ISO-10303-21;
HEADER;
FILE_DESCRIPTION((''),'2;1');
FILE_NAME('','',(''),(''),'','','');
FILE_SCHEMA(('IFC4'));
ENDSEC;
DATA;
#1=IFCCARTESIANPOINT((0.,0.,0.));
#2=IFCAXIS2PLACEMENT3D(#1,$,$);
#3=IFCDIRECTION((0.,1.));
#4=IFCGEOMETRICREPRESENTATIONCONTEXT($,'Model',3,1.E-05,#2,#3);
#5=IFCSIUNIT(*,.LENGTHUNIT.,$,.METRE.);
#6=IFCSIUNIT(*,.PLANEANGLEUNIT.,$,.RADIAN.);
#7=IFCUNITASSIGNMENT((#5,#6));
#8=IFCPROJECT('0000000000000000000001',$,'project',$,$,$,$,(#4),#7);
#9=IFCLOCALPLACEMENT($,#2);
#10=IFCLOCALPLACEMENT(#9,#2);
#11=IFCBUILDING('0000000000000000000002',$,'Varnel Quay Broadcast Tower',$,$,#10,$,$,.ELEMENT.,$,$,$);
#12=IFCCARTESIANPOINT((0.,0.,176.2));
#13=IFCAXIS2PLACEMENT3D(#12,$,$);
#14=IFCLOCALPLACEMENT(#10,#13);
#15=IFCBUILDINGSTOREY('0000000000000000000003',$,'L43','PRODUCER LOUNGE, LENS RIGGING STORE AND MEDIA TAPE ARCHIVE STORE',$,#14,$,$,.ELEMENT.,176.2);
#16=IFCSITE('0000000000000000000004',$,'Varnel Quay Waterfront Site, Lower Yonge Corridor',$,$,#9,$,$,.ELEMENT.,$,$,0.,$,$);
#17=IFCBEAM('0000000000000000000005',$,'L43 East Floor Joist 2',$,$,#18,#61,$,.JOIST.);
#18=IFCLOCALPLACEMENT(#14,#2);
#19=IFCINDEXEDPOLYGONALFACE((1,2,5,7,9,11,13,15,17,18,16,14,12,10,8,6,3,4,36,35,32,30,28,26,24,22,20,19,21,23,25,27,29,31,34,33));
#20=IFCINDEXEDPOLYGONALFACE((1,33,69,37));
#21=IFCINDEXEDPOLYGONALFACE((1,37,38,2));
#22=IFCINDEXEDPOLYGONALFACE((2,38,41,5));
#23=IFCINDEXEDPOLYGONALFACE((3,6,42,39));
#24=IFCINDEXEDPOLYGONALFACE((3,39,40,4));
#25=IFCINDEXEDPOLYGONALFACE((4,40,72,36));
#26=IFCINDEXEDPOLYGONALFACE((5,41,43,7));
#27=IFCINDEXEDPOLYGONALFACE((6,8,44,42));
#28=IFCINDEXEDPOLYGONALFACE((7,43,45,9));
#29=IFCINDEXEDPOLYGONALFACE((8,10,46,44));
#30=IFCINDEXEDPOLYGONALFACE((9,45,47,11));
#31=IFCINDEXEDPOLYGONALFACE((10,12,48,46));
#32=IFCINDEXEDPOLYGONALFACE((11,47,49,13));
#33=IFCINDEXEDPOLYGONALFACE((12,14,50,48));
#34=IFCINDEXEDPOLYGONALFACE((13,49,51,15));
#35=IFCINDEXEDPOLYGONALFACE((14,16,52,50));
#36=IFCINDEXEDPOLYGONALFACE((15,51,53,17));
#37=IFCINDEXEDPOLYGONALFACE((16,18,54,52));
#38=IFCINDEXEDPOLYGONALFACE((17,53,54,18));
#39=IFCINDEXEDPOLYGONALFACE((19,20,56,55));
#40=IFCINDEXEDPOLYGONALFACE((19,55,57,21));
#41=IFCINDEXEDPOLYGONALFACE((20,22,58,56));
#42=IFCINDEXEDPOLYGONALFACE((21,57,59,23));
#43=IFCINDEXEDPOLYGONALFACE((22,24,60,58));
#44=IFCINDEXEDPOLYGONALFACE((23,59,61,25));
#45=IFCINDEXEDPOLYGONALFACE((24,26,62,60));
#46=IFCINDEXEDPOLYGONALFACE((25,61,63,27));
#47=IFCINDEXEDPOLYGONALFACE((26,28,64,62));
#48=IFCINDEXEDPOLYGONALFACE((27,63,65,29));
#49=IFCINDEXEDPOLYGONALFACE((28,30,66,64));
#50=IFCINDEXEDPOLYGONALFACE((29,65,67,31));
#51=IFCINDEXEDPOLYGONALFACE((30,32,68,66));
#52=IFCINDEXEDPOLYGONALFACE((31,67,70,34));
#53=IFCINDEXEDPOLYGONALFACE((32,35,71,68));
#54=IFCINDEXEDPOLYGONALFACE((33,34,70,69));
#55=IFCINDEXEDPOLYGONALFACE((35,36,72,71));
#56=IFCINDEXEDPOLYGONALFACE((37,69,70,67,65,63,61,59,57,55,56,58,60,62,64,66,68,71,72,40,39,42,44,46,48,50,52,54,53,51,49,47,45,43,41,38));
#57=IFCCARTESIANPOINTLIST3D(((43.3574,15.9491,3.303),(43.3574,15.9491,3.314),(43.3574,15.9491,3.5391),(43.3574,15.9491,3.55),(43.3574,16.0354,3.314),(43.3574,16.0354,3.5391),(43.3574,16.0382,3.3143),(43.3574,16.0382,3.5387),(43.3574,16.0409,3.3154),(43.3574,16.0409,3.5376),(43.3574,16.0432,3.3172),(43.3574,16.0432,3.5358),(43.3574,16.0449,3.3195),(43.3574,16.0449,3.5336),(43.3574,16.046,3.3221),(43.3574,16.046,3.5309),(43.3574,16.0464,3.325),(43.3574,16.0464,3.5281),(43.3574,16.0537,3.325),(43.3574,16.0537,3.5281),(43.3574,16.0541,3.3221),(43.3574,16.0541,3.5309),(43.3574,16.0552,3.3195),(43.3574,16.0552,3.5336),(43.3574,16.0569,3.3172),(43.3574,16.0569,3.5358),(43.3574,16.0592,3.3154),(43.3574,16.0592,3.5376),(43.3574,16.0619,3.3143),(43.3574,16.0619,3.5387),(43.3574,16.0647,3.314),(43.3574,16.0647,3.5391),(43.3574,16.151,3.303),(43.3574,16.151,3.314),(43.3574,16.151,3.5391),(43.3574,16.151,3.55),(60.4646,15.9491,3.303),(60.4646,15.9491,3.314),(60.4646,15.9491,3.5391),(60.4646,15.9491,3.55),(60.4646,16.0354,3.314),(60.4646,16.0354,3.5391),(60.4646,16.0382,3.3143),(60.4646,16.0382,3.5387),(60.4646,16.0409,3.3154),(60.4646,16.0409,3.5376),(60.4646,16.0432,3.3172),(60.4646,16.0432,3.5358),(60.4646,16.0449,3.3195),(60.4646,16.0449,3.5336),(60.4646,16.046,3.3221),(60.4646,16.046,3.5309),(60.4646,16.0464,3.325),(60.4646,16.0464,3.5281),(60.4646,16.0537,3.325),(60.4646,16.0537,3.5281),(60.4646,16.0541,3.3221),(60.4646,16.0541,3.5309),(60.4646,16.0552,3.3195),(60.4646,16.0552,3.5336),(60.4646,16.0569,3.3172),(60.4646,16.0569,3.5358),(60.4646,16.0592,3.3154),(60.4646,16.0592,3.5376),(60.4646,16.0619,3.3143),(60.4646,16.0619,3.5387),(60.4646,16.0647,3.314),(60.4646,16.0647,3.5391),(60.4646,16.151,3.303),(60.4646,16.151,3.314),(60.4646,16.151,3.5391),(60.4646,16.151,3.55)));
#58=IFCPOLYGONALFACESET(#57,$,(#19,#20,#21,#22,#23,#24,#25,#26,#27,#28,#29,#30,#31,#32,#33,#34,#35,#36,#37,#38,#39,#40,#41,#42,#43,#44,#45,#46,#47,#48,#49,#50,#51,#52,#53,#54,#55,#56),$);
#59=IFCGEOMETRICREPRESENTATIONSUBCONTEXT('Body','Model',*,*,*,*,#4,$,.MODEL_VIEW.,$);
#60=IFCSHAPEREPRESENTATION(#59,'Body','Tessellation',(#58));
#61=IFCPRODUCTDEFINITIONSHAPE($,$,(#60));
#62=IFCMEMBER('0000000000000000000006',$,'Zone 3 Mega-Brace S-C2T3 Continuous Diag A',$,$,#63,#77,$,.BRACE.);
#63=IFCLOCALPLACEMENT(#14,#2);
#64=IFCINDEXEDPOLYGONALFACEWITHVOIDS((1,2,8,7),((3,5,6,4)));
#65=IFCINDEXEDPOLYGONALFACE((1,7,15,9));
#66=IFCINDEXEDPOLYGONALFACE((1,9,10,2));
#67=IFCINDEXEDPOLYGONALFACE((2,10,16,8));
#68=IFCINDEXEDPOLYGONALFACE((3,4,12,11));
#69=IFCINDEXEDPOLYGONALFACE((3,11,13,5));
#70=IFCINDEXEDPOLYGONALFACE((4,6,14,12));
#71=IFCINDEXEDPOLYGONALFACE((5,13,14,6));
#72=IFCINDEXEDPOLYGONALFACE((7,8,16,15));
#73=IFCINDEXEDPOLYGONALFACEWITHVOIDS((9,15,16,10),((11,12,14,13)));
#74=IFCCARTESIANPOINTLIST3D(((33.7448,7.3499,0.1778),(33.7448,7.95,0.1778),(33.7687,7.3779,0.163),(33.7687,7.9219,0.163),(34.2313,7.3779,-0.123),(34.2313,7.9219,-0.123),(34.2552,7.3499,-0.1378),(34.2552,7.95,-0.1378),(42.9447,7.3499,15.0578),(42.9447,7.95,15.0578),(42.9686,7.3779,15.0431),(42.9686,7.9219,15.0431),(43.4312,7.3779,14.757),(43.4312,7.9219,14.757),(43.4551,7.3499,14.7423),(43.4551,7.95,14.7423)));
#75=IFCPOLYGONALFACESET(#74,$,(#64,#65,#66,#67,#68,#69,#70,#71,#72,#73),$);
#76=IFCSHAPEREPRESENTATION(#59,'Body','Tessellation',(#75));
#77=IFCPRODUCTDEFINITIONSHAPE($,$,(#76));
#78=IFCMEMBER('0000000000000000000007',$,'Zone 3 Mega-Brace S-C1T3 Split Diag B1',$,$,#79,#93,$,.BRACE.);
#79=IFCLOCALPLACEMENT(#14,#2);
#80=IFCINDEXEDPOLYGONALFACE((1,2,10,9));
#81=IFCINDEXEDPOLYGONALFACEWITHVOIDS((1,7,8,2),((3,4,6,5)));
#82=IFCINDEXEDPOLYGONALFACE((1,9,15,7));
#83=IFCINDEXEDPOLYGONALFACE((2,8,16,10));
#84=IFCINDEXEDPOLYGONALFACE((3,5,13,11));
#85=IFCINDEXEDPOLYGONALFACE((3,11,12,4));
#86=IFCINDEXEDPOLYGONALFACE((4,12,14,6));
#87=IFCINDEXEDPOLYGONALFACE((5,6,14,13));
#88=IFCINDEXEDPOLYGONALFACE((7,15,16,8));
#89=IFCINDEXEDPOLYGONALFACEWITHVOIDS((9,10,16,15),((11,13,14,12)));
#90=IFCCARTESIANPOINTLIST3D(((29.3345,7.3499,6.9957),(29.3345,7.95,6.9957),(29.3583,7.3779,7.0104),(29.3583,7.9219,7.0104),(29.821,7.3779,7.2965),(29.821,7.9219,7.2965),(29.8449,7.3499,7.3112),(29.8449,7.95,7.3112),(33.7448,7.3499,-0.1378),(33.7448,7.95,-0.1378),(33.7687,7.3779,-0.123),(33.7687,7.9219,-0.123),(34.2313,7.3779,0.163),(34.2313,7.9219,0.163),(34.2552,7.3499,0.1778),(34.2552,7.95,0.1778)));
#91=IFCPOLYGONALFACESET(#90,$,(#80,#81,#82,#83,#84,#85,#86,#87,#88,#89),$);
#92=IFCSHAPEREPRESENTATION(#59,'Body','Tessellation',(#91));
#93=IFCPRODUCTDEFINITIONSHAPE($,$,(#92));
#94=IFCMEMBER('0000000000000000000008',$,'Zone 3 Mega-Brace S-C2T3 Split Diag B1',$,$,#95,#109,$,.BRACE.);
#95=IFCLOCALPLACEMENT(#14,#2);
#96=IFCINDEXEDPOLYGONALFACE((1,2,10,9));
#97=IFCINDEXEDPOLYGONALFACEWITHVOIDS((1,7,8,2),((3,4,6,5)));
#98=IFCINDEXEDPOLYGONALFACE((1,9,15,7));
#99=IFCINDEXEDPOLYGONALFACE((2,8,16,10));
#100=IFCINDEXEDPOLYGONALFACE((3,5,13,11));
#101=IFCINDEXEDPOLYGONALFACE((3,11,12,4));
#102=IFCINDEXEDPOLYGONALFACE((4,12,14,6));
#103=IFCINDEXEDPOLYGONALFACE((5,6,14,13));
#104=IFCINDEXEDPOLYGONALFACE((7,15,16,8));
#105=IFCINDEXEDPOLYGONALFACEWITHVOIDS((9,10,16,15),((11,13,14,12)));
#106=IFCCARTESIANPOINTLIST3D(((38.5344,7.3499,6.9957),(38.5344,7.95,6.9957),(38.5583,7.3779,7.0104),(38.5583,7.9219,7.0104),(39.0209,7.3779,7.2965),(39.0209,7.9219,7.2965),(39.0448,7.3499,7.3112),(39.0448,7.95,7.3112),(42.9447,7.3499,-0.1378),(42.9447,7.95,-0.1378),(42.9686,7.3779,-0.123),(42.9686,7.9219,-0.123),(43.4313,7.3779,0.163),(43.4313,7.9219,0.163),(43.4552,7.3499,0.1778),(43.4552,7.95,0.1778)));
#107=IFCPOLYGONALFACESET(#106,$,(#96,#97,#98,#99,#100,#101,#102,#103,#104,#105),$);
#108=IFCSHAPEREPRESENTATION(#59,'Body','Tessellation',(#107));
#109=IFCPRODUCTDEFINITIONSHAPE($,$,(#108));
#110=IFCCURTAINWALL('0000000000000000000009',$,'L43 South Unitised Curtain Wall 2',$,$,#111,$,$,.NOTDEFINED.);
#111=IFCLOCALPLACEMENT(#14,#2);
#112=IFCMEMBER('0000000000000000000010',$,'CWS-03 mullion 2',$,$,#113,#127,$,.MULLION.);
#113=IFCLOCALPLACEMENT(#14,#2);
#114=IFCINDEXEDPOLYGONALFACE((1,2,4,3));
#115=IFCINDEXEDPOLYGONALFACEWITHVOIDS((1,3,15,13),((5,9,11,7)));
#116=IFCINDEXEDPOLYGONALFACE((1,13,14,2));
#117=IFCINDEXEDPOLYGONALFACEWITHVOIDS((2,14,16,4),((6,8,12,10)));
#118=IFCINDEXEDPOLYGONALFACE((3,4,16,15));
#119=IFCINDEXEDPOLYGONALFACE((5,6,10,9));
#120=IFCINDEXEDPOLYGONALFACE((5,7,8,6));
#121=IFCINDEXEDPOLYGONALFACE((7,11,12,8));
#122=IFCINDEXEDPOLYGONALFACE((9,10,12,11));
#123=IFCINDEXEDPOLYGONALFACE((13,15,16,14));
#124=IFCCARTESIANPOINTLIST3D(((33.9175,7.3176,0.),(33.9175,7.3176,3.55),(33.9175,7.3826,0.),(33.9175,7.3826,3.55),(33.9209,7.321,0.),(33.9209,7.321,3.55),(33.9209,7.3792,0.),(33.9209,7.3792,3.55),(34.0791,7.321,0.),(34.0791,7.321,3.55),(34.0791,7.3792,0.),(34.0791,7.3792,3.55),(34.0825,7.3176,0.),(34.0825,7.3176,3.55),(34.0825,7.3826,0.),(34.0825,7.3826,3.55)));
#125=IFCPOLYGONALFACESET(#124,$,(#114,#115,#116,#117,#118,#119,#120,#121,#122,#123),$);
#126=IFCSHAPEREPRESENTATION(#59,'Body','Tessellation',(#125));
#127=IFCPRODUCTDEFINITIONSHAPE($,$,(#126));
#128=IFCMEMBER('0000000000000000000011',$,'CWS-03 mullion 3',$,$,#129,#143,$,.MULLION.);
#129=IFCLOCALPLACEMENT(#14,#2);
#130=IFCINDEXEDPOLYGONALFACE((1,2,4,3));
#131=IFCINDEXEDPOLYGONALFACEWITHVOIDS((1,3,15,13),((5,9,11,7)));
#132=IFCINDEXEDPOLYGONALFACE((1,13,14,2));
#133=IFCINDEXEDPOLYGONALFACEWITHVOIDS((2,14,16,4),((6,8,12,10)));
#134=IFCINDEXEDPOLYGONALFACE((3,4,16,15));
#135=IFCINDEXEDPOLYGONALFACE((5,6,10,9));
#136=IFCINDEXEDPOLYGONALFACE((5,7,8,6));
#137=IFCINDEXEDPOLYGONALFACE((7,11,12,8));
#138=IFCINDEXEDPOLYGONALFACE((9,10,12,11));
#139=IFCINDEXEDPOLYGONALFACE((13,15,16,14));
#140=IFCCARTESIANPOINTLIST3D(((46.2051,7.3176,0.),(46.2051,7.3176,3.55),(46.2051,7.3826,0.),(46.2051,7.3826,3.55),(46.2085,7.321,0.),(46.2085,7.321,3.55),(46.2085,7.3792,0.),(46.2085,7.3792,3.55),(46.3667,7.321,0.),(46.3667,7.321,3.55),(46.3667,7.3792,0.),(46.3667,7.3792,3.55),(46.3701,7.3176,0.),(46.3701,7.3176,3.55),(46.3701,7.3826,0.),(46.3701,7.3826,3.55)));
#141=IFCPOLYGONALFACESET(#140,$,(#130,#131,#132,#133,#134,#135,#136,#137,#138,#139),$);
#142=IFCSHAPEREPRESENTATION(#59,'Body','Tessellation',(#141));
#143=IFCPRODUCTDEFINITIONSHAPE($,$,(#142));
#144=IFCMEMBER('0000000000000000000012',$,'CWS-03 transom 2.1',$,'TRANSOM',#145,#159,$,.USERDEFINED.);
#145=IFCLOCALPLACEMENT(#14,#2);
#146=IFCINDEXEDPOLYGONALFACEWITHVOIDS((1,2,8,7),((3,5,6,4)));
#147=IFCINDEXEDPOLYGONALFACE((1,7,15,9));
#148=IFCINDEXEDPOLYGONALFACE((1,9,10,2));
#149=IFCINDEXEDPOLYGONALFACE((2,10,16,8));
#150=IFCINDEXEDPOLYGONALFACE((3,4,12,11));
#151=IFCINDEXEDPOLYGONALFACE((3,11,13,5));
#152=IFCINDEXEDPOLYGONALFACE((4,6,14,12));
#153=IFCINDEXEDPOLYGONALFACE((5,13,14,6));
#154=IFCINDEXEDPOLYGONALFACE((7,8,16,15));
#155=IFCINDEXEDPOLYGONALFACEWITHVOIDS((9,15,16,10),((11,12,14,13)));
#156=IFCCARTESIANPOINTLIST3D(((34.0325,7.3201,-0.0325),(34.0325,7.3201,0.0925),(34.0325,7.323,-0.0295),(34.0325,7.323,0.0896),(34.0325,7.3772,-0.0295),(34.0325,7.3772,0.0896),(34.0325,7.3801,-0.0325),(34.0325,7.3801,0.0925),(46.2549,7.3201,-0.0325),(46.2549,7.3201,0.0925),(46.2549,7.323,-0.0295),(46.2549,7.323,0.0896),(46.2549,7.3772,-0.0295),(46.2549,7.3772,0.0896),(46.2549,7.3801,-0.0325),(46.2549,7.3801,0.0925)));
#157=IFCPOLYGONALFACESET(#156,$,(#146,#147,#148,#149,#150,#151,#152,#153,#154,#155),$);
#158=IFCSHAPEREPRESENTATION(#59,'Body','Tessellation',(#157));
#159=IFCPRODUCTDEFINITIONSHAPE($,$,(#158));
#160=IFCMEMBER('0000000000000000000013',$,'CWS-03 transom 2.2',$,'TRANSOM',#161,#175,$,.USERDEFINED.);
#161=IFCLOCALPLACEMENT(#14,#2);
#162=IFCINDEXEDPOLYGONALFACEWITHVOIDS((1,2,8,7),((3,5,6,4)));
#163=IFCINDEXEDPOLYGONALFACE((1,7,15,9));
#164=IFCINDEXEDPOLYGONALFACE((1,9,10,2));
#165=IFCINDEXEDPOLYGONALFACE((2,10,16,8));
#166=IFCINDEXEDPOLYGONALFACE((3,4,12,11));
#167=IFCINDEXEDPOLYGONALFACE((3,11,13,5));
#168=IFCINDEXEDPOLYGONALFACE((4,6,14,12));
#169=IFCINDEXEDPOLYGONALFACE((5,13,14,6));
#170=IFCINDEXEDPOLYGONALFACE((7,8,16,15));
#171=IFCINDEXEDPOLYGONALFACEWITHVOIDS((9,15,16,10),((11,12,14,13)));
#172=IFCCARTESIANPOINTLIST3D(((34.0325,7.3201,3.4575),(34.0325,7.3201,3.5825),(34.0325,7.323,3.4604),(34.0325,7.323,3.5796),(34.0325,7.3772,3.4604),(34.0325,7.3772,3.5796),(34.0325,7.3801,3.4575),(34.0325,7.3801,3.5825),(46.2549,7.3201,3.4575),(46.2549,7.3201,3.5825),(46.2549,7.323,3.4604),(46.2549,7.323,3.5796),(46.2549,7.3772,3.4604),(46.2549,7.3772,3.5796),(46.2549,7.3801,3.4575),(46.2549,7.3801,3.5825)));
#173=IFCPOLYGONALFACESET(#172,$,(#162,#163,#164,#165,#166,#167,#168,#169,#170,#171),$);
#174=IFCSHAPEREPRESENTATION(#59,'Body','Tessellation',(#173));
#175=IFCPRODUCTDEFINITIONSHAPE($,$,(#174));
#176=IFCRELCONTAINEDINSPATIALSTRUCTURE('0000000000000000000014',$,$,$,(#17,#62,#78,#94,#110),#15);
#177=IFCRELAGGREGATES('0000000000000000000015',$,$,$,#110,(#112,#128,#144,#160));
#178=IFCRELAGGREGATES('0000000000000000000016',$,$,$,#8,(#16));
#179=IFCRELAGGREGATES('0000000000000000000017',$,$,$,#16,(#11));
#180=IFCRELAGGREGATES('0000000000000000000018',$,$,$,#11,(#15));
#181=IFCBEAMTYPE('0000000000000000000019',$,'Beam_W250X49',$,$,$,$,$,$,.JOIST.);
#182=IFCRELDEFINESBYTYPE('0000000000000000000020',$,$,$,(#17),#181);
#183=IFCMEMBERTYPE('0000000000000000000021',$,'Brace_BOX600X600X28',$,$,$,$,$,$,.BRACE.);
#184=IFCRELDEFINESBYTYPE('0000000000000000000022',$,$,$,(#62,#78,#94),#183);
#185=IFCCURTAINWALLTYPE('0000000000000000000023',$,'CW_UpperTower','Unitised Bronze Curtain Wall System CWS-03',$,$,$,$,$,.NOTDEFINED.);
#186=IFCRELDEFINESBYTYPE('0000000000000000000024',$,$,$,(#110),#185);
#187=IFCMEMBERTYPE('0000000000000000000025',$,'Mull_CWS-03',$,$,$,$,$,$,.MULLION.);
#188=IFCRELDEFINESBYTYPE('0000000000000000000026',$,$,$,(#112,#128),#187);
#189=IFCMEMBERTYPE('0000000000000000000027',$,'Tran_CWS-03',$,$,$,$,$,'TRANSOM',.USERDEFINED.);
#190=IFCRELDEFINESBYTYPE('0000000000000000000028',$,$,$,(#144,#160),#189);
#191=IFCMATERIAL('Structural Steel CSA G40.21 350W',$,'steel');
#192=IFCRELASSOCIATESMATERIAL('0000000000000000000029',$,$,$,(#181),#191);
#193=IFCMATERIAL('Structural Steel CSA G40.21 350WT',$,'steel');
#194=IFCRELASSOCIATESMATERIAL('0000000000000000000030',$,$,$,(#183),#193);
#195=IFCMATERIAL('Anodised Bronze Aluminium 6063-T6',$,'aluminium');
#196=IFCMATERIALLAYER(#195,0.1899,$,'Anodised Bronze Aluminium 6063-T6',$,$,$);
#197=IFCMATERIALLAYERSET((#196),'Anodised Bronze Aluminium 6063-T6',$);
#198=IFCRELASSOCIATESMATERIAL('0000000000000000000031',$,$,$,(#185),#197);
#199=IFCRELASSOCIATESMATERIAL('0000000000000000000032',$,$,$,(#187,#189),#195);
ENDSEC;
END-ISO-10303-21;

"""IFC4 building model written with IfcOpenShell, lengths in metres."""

from ifc_helpers import new_model, si_unit, direction, frame, origin, origin_2d, place, context, subcontext, project, spatial, hollow_rectangle, i_section, extrude, source, transform, mapped, material, layer, layer_set, material_profile, profile_set, type_object, type_shapes, element, aggregate, save


model = new_model("IFC4")

# Units and contexts
model_context = context("Model", 3, precision=1e-05, world=origin(), true_north=direction((0.0, 1.0)))
body_context = subcontext(model_context, "Body", "Model", "MODEL_VIEW")
ifc_project = project(units=[si_unit("LENGTHUNIT", "METRE"), si_unit("PLANEANGLEUNIT", "RADIAN")], contexts=[model_context])

# Site, building, storey
site_placement = place(None, origin())
site = spatial("IfcSite", under=ifc_project, at=site_placement, Name="Varnel Quay Waterfront Site, Lower Yonge Corridor", CompositionType="ELEMENT", RefElevation=0.0)
building_placement = place(site_placement, origin())
building = spatial("IfcBuilding", under=site, at=building_placement, Name="Varnel Quay Broadcast Tower", CompositionType="ELEMENT")
storey_placement = place(building_placement, frame((0.0, 0.0, 176.2)))
storey = spatial("IfcBuildingStorey", under=building, at=storey_placement, Name="L43", Description="PRODUCER LOUNGE, LENS RIGGING STORE AND MEDIA TAPE ARCHIVE STORE", CompositionType="ELEMENT", Elevation=176.2)

# Shared definitions
ifc_material_1 = material(Name="Structural Steel CSA G40.21 350W", Category="steel")

# Beam
ifc_material_profile_1 = material_profile(ifc_material_1, i_section(OverallWidth=0.2019, OverallDepth=0.2471, WebThickness=0.0073, FlangeThickness=0.011, FilletRadius=0.011, at=origin_2d()), Name="W250X49")
ifc_profile_set_1 = profile_set([ifc_material_profile_1], Name="Structural Steel CSA G40.21 350W")
beam_type_1 = type_object("IfcBeamType", Name="Beam_W250X49", PredefinedType="JOIST", material=ifc_profile_set_1)
shared_shape_1 = source(origin(), body_context, "Body", "SweptSolid", [
    extrude(i_section(OverallWidth=0.2019, OverallDepth=0.2471, WebThickness=0.0073, FlangeThickness=0.011, FilletRadius=0.011, at=origin_2d()), origin(), (0.0, 0.0, 1.0), 17.1072),
])
type_shapes(beam_type_1, [shared_shape_1])
beam_1_placement = place(storey_placement, frame((43.3574, 16.05, 3.4265), z_axis=(1.0, 0.0, 0.0), x_axis=(0.0, 1.0, 0.0)))
element("IfcBeam", 1, at=beam_1_placement, inside=storey, type_object=beam_type_1, Name="L43 East Floor Joist 2", PredefinedType="JOIST", context=body_context, shape_type="MappedRepresentation", body=[
    mapped(shared_shape_1, transform((0.0, 0.0, 0.0), x_axis=(1.0, 0.0, 0.0), y_axis=(0.0, 1.0, 0.0), z_axis=(0.0, 0.0, 1.0), scale=1.0)),
])

# Members
ifc_material_2 = material(Name="Structural Steel CSA G40.21 350WT", Category="steel")
ifc_material_profile_2 = material_profile(ifc_material_2, hollow_rectangle(XDim=0.6001, YDim=0.6001, WallThickness=0.0281, at=origin_2d()), Name="BOX600X600X28")
ifc_profile_set_2 = profile_set([ifc_material_profile_2], Name="Structural Steel CSA G40.21 350WT")
member_type_1 = type_object("IfcMemberType", Name="Brace_BOX600X600X28", PredefinedType="BRACE", material=ifc_profile_set_2)
shared_shape_2 = source(origin(), body_context, "Body", "SweptSolid", [
    extrude(hollow_rectangle(XDim=0.6001, YDim=0.6001, WallThickness=0.0281, at=origin_2d()), origin(), (0.0, 0.0, 1.0), 17.4944),
])
member_1_placement = place(storey_placement, frame((34.0, 7.6499, 0.02), z_axis=(0.525877, 0.0, 0.850561), x_axis=(0.0, 1.0, 0.0)))
element("IfcMember", 2, at=member_1_placement, inside=storey, type_object=member_type_1, Name="Zone 3 Mega-Brace S-C2T3 Continuous Diag A", PredefinedType="BRACE", context=body_context, shape_type="MappedRepresentation", body=[
    mapped(shared_shape_2, transform((0.0, 0.0, 0.0), x_axis=(1.0, 0.0, 0.0), y_axis=(0.0, 1.0, 0.0), z_axis=(0.0, 0.0, 1.0), scale=1.0)),
])
shared_shape_3 = source(origin(), body_context, "Body", "SweptSolid", [
    extrude(hollow_rectangle(XDim=0.6001, YDim=0.6001, WallThickness=0.0281, at=origin_2d()), origin(), (0.0, 0.0, 1.0), 8.3867),
])
type_shapes(member_type_1, [shared_shape_2, shared_shape_3])
for number, where, z_axis, x_axis, name in (
    (3, (34.0, 7.6499, 0.02), (-0.525871, 0.0, 0.850564), (0.0, -1.0, 0.0), "Zone 3 Mega-Brace S-C1T3 Split Diag B1"),
    (4, (43.2, 7.6499, 0.02), (-0.525871, 0.0, 0.850564), (0.0, -1.0, 0.0), "Zone 3 Mega-Brace S-C2T3 Split Diag B1"),
):
    element("IfcMember", number, at=place(storey_placement, frame(where, z_axis=z_axis, x_axis=x_axis)), inside=storey, type_object=member_type_1, Name=name, PredefinedType="BRACE", context=body_context, shape_type="MappedRepresentation", body=[
        mapped(shared_shape_3, transform((0.0, 0.0, 0.0), x_axis=(1.0, 0.0, 0.0), y_axis=(0.0, 1.0, 0.0), z_axis=(0.0, 0.0, 1.0), scale=1.0)),
    ])

# Curtain wall, members
ifc_material_3 = material(Name="Anodised Bronze Aluminium 6063-T6", Category="aluminium")
ifc_layer_1 = layer(ifc_material_3, 0.1899, Name="Anodised Bronze Aluminium 6063-T6")
ifc_layer_set_1 = layer_set([ifc_layer_1], Name="Anodised Bronze Aluminium 6063-T6")
curtain_wall_type = type_object("IfcCurtainWallType", Name="CW_UpperTower", Description="Unitised Bronze Curtain Wall System CWS-03", PredefinedType="NOTDEFINED", material=ifc_layer_set_1)
curtain_wall_placement = place(storey_placement, origin())
curtain_wall = element("IfcCurtainWall", 5, at=curtain_wall_placement, inside=storey, type_object=curtain_wall_type, Name="L43 South Unitised Curtain Wall 2", PredefinedType="NOTDEFINED")
ifc_material_profile_3 = material_profile(ifc_material_3, hollow_rectangle(XDim=0.0649, YDim=0.165, WallThickness=0.0034, at=origin_2d()), Name="ALU65X165X3.5")
ifc_profile_set_3 = profile_set([ifc_material_profile_3], Name="Anodised Bronze Aluminium 6063-T6")
member_type_2 = type_object("IfcMemberType", Name="Mull_CWS-03", PredefinedType="MULLION", material=ifc_profile_set_3)
shared_shape_4 = source(origin(), body_context, "Body", "SweptSolid", [
    extrude(hollow_rectangle(XDim=0.0649, YDim=0.165, WallThickness=0.0034, at=origin_2d()), origin(), (0.0, 0.0, 1.0), 3.55),
])
type_shapes(member_type_2, [shared_shape_4])
member_2_placement = place(storey_placement, frame((34.0, 7.3501, 0.0), z_axis=(0.0, 0.0, 1.0), x_axis=(0.0, 1.0, 0.0)))
member_2 = element("IfcMember", 6, at=member_2_placement, type_object=member_type_2, Name="CWS-03 mullion 2", PredefinedType="MULLION", context=body_context, shape_type="MappedRepresentation", body=[
    mapped(shared_shape_4, transform((0.0, 0.0, 0.0), x_axis=(1.0, 0.0, 0.0), y_axis=(0.0, 1.0, 0.0), z_axis=(0.0, 0.0, 1.0), scale=1.0)),
])
member_3_placement = place(storey_placement, frame((46.2876, 7.3501, 0.0), z_axis=(0.0, 0.0, 1.0), x_axis=(0.0, 1.0, 0.0)))
member_3 = element("IfcMember", 7, at=member_3_placement, type_object=member_type_2, Name="CWS-03 mullion 3", PredefinedType="MULLION", context=body_context, shape_type="MappedRepresentation", body=[
    mapped(shared_shape_4, transform((0.0, 0.0, 0.0), x_axis=(1.0, 0.0, 0.0), y_axis=(0.0, 1.0, 0.0), z_axis=(0.0, 0.0, 1.0), scale=1.0)),
])
ifc_material_profile_4 = material_profile(ifc_material_3, hollow_rectangle(XDim=0.0601, YDim=0.125, WallThickness=0.0029, at=origin_2d()), Name="ALU60X125X3")
ifc_profile_set_4 = profile_set([ifc_material_profile_4], Name="Anodised Bronze Aluminium 6063-T6")
member_type_3 = type_object("IfcMemberType", Name="Tran_CWS-03", ElementType="TRANSOM", PredefinedType="USERDEFINED", material=ifc_profile_set_4)
shared_shape_5 = source(origin(), body_context, "Body", "SweptSolid", [
    extrude(hollow_rectangle(XDim=0.0601, YDim=0.125, WallThickness=0.0029, at=origin_2d()), origin(), (0.0, 0.0, 1.0), 12.2224),
])
type_shapes(member_type_3, [shared_shape_5])
member_4_placement = place(storey_placement, frame((34.0325, 7.3501, 0.03), z_axis=(1.0, 0.0, 0.0), x_axis=(0.0, 1.0, 0.0)))
member_4 = element("IfcMember", 8, at=member_4_placement, type_object=member_type_3, Name="CWS-03 transom 2.1", ObjectType="TRANSOM", PredefinedType="USERDEFINED", context=body_context, shape_type="MappedRepresentation", body=[
    mapped(shared_shape_5, transform((0.0, 0.0, 0.0), x_axis=(1.0, 0.0, 0.0), y_axis=(0.0, 1.0, 0.0), z_axis=(0.0, 0.0, 1.0), scale=1.0)),
])
member_5_placement = place(storey_placement, frame((34.0325, 7.3501, 3.52), z_axis=(1.0, 0.0, 0.0), x_axis=(0.0, 1.0, 0.0)))
member_5 = element("IfcMember", 9, at=member_5_placement, type_object=member_type_3, Name="CWS-03 transom 2.2", ObjectType="TRANSOM", PredefinedType="USERDEFINED", context=body_context, shape_type="MappedRepresentation", body=[
    mapped(shared_shape_5, transform((0.0, 0.0, 0.0), x_axis=(1.0, 0.0, 0.0), y_axis=(0.0, 1.0, 0.0), z_axis=(0.0, 0.0, 1.0), scale=1.0)),
])

aggregate(curtain_wall, [member_2, member_3, member_4, member_5])

save(model, "model.ifc")
